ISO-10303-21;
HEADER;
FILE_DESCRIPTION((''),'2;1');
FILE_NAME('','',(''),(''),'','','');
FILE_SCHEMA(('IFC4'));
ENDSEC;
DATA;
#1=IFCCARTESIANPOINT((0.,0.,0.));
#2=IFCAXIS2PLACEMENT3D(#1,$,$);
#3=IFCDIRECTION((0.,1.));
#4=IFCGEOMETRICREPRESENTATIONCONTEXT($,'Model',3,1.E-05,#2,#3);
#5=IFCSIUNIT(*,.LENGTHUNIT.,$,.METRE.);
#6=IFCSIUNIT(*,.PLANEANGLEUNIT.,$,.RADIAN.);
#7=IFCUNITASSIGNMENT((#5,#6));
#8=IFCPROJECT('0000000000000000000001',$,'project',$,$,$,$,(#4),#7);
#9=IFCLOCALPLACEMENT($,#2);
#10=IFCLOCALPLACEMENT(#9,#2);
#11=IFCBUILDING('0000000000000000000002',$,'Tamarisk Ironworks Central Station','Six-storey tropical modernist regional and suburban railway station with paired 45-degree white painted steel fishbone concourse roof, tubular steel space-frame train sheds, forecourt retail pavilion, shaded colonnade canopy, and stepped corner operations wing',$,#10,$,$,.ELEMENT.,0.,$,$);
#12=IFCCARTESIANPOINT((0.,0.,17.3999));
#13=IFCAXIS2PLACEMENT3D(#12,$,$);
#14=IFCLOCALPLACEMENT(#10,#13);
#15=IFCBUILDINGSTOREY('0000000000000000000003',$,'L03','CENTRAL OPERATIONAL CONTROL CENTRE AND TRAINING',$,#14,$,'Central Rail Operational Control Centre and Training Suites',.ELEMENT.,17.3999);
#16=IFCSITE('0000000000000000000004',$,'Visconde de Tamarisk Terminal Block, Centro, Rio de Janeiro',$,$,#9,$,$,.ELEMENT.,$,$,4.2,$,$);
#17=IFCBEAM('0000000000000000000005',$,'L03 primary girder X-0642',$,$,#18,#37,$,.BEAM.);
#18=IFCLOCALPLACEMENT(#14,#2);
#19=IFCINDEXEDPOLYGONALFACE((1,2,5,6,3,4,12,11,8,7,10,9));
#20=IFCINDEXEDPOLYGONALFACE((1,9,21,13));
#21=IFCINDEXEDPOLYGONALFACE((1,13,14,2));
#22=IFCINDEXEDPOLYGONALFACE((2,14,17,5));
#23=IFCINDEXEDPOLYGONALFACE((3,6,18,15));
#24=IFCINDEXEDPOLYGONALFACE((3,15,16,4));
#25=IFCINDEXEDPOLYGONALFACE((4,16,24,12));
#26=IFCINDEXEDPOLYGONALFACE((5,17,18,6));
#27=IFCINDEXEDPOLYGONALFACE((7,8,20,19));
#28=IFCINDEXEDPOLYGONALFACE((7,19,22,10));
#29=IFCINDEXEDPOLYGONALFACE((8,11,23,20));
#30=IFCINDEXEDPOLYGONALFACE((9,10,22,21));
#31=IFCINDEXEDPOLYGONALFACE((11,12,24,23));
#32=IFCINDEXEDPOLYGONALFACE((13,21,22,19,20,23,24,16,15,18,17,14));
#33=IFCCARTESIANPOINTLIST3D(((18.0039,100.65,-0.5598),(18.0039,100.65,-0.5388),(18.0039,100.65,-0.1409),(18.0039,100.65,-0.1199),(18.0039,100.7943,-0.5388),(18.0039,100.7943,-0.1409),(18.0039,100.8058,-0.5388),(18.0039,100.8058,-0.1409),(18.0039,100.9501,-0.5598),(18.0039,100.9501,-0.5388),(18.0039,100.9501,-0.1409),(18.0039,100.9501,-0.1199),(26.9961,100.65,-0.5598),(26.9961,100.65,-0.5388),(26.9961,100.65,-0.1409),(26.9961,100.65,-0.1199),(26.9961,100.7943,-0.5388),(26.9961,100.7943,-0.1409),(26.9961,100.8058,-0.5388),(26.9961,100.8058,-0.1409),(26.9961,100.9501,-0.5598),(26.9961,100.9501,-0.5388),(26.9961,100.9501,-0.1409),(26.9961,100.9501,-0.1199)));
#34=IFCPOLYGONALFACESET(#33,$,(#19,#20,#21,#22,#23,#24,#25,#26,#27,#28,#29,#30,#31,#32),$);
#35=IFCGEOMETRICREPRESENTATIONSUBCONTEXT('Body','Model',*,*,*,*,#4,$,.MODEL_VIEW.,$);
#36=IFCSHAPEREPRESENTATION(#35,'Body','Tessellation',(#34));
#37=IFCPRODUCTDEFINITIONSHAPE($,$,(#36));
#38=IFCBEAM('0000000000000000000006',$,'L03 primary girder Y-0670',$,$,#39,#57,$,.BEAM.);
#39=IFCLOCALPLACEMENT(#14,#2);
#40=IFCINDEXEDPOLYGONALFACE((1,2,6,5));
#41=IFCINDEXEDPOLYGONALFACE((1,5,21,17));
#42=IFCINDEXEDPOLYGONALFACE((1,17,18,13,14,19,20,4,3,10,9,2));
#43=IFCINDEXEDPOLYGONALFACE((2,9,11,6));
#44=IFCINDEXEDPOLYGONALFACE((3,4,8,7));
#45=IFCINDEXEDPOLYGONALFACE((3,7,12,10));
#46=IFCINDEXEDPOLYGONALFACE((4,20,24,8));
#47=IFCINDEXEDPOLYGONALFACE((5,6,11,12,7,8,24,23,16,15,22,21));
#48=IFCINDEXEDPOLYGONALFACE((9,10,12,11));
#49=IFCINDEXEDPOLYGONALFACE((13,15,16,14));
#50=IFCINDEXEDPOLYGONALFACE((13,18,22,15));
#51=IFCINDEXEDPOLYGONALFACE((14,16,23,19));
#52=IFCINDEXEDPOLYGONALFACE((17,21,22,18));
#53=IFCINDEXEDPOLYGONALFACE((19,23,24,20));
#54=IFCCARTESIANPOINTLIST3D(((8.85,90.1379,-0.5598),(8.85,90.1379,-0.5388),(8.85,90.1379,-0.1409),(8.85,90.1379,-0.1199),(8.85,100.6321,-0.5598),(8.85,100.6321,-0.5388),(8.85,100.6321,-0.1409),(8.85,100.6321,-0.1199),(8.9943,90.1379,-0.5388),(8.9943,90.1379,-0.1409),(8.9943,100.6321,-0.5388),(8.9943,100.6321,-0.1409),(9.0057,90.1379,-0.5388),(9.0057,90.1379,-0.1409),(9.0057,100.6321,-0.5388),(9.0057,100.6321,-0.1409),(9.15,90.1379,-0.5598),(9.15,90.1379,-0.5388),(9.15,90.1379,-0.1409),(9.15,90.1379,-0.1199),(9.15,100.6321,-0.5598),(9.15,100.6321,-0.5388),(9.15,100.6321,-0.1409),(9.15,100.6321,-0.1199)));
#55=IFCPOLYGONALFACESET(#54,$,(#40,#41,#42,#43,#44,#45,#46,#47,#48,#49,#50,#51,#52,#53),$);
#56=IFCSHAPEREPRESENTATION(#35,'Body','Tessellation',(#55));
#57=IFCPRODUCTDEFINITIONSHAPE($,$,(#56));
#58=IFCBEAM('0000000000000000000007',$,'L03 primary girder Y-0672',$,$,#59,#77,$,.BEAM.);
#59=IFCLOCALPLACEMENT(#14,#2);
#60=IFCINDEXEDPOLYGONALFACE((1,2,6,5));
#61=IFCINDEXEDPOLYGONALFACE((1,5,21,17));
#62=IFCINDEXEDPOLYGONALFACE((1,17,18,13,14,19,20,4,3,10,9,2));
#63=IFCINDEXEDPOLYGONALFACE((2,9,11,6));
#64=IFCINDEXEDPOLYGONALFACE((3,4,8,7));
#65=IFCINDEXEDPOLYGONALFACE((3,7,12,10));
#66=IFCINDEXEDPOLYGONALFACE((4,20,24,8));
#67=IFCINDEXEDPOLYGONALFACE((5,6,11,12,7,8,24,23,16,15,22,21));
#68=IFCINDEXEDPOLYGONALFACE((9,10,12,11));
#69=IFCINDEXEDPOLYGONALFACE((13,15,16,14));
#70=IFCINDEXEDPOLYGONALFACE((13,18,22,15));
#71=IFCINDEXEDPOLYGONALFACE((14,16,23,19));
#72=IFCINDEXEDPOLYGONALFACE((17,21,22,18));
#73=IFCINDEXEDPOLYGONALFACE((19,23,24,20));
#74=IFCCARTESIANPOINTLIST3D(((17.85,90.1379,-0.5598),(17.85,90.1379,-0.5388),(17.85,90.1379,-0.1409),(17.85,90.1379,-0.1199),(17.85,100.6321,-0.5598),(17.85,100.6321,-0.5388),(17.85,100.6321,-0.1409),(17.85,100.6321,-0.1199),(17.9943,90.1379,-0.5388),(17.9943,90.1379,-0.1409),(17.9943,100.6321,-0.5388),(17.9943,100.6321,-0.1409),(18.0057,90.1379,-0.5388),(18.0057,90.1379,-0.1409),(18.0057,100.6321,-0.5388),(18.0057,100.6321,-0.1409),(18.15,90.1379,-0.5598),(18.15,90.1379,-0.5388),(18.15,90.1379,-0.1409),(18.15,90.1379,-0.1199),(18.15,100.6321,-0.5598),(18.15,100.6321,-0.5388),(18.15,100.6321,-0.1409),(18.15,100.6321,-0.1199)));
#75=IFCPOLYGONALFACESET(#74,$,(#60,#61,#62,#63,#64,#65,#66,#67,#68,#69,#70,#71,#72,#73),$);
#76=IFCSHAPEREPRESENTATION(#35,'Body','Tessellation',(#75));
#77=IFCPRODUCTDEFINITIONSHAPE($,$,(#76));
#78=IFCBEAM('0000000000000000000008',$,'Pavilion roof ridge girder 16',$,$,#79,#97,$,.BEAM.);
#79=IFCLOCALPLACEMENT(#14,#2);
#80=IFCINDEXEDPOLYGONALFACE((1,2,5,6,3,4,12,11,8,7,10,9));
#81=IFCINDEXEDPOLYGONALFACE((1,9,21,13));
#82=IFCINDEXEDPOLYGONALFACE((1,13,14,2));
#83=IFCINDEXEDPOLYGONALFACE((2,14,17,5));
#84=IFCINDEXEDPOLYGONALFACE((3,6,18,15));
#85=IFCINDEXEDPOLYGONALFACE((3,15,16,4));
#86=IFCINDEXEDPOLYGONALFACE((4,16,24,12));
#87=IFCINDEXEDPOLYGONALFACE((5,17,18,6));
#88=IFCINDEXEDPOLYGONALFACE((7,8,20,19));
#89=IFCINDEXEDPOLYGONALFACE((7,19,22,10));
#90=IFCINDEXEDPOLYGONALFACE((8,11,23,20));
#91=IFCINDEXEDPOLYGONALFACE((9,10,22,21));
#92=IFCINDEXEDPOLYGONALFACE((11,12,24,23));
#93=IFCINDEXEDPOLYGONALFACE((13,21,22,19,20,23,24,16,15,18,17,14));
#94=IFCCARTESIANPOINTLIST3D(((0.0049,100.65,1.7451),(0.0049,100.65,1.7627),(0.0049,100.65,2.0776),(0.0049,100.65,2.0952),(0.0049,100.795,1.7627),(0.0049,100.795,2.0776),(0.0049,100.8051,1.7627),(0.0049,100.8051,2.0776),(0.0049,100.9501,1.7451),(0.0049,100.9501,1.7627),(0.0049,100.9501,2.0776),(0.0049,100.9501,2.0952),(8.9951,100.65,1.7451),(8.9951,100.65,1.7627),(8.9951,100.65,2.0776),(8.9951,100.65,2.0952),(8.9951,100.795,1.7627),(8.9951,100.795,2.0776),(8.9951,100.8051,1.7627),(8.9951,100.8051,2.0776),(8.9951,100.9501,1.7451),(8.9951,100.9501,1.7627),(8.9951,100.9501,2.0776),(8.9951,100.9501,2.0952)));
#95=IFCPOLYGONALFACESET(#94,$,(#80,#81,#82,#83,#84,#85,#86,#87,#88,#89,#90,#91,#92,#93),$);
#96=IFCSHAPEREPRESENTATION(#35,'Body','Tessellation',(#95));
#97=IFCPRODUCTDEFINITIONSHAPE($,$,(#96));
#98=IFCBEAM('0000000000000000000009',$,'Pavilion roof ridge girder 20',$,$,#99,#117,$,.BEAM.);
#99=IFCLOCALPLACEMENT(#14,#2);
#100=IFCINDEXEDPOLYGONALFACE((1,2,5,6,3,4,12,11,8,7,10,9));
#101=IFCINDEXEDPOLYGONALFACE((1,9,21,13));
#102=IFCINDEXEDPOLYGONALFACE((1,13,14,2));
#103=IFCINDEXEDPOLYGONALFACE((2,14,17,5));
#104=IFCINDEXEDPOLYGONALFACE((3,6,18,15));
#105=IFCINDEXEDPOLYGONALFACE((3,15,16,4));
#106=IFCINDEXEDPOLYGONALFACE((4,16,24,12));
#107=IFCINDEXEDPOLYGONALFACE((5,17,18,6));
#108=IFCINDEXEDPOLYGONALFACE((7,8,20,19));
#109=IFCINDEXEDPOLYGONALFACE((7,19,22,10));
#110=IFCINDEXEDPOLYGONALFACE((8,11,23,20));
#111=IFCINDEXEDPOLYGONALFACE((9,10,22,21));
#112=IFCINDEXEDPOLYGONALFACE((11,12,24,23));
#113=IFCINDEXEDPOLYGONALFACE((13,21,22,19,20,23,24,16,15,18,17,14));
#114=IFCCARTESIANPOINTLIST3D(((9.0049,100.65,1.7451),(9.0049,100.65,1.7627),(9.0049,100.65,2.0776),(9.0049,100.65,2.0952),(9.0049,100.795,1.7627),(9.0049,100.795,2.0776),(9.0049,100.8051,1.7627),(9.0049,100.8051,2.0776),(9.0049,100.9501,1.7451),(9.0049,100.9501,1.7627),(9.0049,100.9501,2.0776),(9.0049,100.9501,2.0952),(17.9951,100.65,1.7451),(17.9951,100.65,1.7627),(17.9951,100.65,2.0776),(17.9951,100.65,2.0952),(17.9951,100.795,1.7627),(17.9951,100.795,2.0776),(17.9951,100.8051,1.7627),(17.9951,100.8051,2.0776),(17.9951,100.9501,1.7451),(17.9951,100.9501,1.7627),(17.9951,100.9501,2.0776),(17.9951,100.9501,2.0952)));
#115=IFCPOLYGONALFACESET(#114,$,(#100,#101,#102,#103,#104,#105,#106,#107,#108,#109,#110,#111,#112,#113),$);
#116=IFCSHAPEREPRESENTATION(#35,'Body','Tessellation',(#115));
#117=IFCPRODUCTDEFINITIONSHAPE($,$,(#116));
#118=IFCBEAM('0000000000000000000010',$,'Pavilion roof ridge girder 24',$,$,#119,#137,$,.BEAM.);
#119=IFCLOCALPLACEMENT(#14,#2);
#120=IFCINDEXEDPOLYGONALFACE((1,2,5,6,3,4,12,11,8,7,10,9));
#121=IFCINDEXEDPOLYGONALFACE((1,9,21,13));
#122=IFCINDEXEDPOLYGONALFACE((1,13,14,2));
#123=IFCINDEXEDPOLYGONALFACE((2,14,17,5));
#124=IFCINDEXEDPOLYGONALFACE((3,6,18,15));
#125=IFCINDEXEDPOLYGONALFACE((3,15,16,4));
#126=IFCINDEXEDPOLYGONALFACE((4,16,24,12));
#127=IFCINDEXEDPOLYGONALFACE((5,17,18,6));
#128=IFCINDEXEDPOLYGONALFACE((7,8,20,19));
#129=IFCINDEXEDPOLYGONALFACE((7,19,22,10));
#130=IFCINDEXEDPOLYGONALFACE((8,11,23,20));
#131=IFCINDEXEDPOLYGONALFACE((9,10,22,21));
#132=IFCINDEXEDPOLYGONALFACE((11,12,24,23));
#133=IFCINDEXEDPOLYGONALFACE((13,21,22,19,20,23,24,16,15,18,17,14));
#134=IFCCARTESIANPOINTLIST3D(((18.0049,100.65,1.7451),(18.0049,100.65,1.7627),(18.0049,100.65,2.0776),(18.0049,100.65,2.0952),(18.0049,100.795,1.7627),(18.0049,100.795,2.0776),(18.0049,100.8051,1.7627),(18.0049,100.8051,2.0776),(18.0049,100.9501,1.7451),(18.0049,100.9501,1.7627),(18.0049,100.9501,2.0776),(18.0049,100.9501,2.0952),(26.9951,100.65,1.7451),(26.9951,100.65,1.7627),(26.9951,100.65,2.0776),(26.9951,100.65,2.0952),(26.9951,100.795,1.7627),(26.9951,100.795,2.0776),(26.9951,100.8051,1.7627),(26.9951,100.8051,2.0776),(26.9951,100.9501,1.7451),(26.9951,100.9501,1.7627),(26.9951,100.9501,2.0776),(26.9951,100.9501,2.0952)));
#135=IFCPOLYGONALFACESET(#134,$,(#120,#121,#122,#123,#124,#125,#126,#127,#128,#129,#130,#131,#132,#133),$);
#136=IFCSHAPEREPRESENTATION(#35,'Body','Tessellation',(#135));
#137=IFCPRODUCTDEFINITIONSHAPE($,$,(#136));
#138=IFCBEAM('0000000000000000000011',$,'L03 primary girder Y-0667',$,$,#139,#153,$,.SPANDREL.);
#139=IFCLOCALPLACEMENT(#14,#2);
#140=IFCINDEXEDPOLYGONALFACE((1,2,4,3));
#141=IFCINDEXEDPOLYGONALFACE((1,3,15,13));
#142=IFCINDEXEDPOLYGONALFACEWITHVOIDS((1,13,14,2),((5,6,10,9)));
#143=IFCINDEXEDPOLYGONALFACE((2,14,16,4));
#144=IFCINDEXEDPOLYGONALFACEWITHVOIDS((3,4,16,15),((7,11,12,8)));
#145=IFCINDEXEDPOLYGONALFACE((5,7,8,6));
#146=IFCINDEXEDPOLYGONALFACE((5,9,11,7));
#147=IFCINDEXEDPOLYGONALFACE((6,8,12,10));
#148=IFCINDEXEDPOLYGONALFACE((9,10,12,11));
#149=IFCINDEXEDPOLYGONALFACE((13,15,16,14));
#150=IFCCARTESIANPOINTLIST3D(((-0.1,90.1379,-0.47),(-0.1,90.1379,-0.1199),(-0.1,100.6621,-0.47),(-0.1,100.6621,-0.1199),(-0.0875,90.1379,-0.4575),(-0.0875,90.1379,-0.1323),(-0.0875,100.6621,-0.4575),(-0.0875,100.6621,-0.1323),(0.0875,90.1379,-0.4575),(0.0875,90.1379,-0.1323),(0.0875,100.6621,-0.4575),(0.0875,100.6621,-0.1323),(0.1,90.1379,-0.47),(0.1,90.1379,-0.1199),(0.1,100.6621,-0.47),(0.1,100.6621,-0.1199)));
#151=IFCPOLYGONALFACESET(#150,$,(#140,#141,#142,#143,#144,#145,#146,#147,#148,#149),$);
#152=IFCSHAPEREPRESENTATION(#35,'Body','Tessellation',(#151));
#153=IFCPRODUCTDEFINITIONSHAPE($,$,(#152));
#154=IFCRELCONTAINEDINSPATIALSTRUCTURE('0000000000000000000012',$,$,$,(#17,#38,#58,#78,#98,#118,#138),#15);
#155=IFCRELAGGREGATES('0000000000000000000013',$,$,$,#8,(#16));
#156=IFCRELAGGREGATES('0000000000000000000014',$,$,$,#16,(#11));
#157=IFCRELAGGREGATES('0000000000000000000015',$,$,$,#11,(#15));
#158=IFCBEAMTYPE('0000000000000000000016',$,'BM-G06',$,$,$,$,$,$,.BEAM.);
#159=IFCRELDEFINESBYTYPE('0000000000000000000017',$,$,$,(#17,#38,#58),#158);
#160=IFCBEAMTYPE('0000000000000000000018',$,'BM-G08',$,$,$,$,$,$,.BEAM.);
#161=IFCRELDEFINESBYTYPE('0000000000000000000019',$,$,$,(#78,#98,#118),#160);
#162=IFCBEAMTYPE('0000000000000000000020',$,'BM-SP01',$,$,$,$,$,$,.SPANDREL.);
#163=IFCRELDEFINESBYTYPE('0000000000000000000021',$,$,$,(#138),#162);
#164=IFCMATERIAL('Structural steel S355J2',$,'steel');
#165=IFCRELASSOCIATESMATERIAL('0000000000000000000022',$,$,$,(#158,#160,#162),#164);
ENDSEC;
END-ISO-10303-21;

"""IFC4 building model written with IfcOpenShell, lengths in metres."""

from ifc_helpers import new_model, si_unit, direction, frame, origin, origin_2d, place, context, subcontext, project, spatial, hollow_rectangle, i_section, extrude, material, material_profile, profile_set, type_object, element, save


model = new_model("IFC4")

# Units and contexts
model_context = context("Model", 3, precision=1e-05, world=origin(), true_north=direction((0.0, 1.0)))
body_context = subcontext(model_context, "Body", "Model", "MODEL_VIEW")
ifc_project = project(units=[si_unit("LENGTHUNIT", "METRE"), si_unit("PLANEANGLEUNIT", "RADIAN")], contexts=[model_context])

# Site, building, storey
site_placement = place(None, origin())
site = spatial("IfcSite", under=ifc_project, at=site_placement, Name="Visconde de Tamarisk Terminal Block, Centro, Rio de Janeiro", CompositionType="ELEMENT", RefElevation=4.2)
building_placement = place(site_placement, origin())
building = spatial("IfcBuilding", under=site, at=building_placement, Name="Tamarisk Ironworks Central Station", Description="Six-storey tropical modernist regional and suburban railway station with paired 45-degree white painted steel fishbone concourse roof, tubular steel space-frame train sheds, forecourt retail pavilion, shaded colonnade canopy, and stepped corner operations wing", CompositionType="ELEMENT", ElevationOfRefHeight=0.0)
storey_placement = place(building_placement, frame((0.0, 0.0, 17.3999)))
storey = spatial("IfcBuildingStorey", under=building, at=storey_placement, Name="L03", Description="CENTRAL OPERATIONAL CONTROL CENTRE AND TRAINING", LongName="Central Rail Operational Control Centre and Training Suites", CompositionType="ELEMENT", Elevation=17.3999)

# Shared definitions
ifc_material_1 = material(Name="Structural steel S355J2", Category="steel")

# Beams
ifc_material_profile_1 = material_profile(ifc_material_1, i_section(OverallWidth=0.3, OverallDepth=0.4399, WebThickness=0.0115, FlangeThickness=0.021, at=origin_2d()), Name="HEA 450")
ifc_profile_set_1 = profile_set([ifc_material_profile_1], Name="Structural steel S355J2")
beam_type_1 = type_object("IfcBeamType", Name="BM-G06", PredefinedType="BEAM", material=ifc_profile_set_1)
for number, where, z_axis, x_axis, name in (
    (1, (18.0039, 100.8, -0.3398), (1.0, 0.0, 0.0), (0.0, 1.0, 0.0), "L03 primary girder X-0642"),
):
    element("IfcBeam", number, at=place(storey_placement, frame(where, z_axis=z_axis, x_axis=x_axis)), inside=storey, type_object=beam_type_1, Name=name, PredefinedType="BEAM", context=body_context, shape_type="SweptSolid", body=[
        extrude(i_section(OverallWidth=0.3, OverallDepth=0.4399, WebThickness=0.0115, FlangeThickness=0.021, at=origin_2d()), origin(), (0.0, 0.0, 1.0), 8.9922),
    ])
for number, where, z_axis, x_axis, name in (
    (2, (9.0, 90.1379, -0.3398), (0.0, 1.0, 0.0), (-1.0, 0.0, 0.0), "L03 primary girder Y-0670"),
    (3, (18.0, 90.1379, -0.3398), (0.0, 1.0, 0.0), (-1.0, 0.0, 0.0), "L03 primary girder Y-0672"),
):
    element("IfcBeam", number, at=place(storey_placement, frame(where, z_axis=z_axis, x_axis=x_axis)), inside=storey, type_object=beam_type_1, Name=name, PredefinedType="BEAM", context=body_context, shape_type="SweptSolid", body=[
        extrude(i_section(OverallWidth=0.3, OverallDepth=0.4399, WebThickness=0.0115, FlangeThickness=0.021, at=origin_2d()), origin(), (0.0, 0.0, 1.0), 10.4941),
    ])
ifc_material_profile_2 = material_profile(ifc_material_1, i_section(OverallWidth=0.3, OverallDepth=0.3501, WebThickness=0.01, FlangeThickness=0.0176, at=origin_2d()), Name="HEA 360")
ifc_profile_set_2 = profile_set([ifc_material_profile_2], Name="Structural steel S355J2")
beam_type_2 = type_object("IfcBeamType", Name="BM-G08", PredefinedType="BEAM", material=ifc_profile_set_2)
for number, where, z_axis, x_axis, name in (
    (4, (0.0049, 100.8, 1.9202), (1.0, 0.0, 0.0), (0.0, 1.0, 0.0), "Pavilion roof ridge girder 16"),
    (5, (9.0049, 100.8, 1.9202), (1.0, 0.0, 0.0), (0.0, 1.0, 0.0), "Pavilion roof ridge girder 20"),
    (6, (18.0049, 100.8, 1.9202), (1.0, 0.0, 0.0), (0.0, 1.0, 0.0), "Pavilion roof ridge girder 24"),
):
    element("IfcBeam", number, at=place(storey_placement, frame(where, z_axis=z_axis, x_axis=x_axis)), inside=storey, type_object=beam_type_2, Name=name, PredefinedType="BEAM", context=body_context, shape_type="SweptSolid", body=[
        extrude(i_section(OverallWidth=0.3, OverallDepth=0.3501, WebThickness=0.01, FlangeThickness=0.0176, at=origin_2d()), origin(), (0.0, 0.0, 1.0), 8.9902),
    ])
ifc_material_profile_3 = material_profile(ifc_material_1, hollow_rectangle(XDim=0.2, YDim=0.3501, WallThickness=0.0125, at=origin_2d()), Name="RHS 350x200x12.5")
ifc_profile_set_3 = profile_set([ifc_material_profile_3], Name="Structural steel S355J2")
beam_type_3 = type_object("IfcBeamType", Name="BM-SP01", PredefinedType="SPANDREL", material=ifc_profile_set_3)
beam_1_placement = place(storey_placement, frame((0.0, 90.1379, -0.2949), z_axis=(0.0, 1.0, 0.0), x_axis=(-1.0, 0.0, 0.0)))
element("IfcBeam", 7, at=beam_1_placement, inside=storey, type_object=beam_type_3, Name="L03 primary girder Y-0667", PredefinedType="SPANDREL", context=body_context, shape_type="SweptSolid", body=[
    extrude(hollow_rectangle(XDim=0.2, YDim=0.3501, WallThickness=0.0125, at=origin_2d()), origin(), (0.0, 0.0, 1.0), 10.5242),
])

save(model, "model.ifc")
